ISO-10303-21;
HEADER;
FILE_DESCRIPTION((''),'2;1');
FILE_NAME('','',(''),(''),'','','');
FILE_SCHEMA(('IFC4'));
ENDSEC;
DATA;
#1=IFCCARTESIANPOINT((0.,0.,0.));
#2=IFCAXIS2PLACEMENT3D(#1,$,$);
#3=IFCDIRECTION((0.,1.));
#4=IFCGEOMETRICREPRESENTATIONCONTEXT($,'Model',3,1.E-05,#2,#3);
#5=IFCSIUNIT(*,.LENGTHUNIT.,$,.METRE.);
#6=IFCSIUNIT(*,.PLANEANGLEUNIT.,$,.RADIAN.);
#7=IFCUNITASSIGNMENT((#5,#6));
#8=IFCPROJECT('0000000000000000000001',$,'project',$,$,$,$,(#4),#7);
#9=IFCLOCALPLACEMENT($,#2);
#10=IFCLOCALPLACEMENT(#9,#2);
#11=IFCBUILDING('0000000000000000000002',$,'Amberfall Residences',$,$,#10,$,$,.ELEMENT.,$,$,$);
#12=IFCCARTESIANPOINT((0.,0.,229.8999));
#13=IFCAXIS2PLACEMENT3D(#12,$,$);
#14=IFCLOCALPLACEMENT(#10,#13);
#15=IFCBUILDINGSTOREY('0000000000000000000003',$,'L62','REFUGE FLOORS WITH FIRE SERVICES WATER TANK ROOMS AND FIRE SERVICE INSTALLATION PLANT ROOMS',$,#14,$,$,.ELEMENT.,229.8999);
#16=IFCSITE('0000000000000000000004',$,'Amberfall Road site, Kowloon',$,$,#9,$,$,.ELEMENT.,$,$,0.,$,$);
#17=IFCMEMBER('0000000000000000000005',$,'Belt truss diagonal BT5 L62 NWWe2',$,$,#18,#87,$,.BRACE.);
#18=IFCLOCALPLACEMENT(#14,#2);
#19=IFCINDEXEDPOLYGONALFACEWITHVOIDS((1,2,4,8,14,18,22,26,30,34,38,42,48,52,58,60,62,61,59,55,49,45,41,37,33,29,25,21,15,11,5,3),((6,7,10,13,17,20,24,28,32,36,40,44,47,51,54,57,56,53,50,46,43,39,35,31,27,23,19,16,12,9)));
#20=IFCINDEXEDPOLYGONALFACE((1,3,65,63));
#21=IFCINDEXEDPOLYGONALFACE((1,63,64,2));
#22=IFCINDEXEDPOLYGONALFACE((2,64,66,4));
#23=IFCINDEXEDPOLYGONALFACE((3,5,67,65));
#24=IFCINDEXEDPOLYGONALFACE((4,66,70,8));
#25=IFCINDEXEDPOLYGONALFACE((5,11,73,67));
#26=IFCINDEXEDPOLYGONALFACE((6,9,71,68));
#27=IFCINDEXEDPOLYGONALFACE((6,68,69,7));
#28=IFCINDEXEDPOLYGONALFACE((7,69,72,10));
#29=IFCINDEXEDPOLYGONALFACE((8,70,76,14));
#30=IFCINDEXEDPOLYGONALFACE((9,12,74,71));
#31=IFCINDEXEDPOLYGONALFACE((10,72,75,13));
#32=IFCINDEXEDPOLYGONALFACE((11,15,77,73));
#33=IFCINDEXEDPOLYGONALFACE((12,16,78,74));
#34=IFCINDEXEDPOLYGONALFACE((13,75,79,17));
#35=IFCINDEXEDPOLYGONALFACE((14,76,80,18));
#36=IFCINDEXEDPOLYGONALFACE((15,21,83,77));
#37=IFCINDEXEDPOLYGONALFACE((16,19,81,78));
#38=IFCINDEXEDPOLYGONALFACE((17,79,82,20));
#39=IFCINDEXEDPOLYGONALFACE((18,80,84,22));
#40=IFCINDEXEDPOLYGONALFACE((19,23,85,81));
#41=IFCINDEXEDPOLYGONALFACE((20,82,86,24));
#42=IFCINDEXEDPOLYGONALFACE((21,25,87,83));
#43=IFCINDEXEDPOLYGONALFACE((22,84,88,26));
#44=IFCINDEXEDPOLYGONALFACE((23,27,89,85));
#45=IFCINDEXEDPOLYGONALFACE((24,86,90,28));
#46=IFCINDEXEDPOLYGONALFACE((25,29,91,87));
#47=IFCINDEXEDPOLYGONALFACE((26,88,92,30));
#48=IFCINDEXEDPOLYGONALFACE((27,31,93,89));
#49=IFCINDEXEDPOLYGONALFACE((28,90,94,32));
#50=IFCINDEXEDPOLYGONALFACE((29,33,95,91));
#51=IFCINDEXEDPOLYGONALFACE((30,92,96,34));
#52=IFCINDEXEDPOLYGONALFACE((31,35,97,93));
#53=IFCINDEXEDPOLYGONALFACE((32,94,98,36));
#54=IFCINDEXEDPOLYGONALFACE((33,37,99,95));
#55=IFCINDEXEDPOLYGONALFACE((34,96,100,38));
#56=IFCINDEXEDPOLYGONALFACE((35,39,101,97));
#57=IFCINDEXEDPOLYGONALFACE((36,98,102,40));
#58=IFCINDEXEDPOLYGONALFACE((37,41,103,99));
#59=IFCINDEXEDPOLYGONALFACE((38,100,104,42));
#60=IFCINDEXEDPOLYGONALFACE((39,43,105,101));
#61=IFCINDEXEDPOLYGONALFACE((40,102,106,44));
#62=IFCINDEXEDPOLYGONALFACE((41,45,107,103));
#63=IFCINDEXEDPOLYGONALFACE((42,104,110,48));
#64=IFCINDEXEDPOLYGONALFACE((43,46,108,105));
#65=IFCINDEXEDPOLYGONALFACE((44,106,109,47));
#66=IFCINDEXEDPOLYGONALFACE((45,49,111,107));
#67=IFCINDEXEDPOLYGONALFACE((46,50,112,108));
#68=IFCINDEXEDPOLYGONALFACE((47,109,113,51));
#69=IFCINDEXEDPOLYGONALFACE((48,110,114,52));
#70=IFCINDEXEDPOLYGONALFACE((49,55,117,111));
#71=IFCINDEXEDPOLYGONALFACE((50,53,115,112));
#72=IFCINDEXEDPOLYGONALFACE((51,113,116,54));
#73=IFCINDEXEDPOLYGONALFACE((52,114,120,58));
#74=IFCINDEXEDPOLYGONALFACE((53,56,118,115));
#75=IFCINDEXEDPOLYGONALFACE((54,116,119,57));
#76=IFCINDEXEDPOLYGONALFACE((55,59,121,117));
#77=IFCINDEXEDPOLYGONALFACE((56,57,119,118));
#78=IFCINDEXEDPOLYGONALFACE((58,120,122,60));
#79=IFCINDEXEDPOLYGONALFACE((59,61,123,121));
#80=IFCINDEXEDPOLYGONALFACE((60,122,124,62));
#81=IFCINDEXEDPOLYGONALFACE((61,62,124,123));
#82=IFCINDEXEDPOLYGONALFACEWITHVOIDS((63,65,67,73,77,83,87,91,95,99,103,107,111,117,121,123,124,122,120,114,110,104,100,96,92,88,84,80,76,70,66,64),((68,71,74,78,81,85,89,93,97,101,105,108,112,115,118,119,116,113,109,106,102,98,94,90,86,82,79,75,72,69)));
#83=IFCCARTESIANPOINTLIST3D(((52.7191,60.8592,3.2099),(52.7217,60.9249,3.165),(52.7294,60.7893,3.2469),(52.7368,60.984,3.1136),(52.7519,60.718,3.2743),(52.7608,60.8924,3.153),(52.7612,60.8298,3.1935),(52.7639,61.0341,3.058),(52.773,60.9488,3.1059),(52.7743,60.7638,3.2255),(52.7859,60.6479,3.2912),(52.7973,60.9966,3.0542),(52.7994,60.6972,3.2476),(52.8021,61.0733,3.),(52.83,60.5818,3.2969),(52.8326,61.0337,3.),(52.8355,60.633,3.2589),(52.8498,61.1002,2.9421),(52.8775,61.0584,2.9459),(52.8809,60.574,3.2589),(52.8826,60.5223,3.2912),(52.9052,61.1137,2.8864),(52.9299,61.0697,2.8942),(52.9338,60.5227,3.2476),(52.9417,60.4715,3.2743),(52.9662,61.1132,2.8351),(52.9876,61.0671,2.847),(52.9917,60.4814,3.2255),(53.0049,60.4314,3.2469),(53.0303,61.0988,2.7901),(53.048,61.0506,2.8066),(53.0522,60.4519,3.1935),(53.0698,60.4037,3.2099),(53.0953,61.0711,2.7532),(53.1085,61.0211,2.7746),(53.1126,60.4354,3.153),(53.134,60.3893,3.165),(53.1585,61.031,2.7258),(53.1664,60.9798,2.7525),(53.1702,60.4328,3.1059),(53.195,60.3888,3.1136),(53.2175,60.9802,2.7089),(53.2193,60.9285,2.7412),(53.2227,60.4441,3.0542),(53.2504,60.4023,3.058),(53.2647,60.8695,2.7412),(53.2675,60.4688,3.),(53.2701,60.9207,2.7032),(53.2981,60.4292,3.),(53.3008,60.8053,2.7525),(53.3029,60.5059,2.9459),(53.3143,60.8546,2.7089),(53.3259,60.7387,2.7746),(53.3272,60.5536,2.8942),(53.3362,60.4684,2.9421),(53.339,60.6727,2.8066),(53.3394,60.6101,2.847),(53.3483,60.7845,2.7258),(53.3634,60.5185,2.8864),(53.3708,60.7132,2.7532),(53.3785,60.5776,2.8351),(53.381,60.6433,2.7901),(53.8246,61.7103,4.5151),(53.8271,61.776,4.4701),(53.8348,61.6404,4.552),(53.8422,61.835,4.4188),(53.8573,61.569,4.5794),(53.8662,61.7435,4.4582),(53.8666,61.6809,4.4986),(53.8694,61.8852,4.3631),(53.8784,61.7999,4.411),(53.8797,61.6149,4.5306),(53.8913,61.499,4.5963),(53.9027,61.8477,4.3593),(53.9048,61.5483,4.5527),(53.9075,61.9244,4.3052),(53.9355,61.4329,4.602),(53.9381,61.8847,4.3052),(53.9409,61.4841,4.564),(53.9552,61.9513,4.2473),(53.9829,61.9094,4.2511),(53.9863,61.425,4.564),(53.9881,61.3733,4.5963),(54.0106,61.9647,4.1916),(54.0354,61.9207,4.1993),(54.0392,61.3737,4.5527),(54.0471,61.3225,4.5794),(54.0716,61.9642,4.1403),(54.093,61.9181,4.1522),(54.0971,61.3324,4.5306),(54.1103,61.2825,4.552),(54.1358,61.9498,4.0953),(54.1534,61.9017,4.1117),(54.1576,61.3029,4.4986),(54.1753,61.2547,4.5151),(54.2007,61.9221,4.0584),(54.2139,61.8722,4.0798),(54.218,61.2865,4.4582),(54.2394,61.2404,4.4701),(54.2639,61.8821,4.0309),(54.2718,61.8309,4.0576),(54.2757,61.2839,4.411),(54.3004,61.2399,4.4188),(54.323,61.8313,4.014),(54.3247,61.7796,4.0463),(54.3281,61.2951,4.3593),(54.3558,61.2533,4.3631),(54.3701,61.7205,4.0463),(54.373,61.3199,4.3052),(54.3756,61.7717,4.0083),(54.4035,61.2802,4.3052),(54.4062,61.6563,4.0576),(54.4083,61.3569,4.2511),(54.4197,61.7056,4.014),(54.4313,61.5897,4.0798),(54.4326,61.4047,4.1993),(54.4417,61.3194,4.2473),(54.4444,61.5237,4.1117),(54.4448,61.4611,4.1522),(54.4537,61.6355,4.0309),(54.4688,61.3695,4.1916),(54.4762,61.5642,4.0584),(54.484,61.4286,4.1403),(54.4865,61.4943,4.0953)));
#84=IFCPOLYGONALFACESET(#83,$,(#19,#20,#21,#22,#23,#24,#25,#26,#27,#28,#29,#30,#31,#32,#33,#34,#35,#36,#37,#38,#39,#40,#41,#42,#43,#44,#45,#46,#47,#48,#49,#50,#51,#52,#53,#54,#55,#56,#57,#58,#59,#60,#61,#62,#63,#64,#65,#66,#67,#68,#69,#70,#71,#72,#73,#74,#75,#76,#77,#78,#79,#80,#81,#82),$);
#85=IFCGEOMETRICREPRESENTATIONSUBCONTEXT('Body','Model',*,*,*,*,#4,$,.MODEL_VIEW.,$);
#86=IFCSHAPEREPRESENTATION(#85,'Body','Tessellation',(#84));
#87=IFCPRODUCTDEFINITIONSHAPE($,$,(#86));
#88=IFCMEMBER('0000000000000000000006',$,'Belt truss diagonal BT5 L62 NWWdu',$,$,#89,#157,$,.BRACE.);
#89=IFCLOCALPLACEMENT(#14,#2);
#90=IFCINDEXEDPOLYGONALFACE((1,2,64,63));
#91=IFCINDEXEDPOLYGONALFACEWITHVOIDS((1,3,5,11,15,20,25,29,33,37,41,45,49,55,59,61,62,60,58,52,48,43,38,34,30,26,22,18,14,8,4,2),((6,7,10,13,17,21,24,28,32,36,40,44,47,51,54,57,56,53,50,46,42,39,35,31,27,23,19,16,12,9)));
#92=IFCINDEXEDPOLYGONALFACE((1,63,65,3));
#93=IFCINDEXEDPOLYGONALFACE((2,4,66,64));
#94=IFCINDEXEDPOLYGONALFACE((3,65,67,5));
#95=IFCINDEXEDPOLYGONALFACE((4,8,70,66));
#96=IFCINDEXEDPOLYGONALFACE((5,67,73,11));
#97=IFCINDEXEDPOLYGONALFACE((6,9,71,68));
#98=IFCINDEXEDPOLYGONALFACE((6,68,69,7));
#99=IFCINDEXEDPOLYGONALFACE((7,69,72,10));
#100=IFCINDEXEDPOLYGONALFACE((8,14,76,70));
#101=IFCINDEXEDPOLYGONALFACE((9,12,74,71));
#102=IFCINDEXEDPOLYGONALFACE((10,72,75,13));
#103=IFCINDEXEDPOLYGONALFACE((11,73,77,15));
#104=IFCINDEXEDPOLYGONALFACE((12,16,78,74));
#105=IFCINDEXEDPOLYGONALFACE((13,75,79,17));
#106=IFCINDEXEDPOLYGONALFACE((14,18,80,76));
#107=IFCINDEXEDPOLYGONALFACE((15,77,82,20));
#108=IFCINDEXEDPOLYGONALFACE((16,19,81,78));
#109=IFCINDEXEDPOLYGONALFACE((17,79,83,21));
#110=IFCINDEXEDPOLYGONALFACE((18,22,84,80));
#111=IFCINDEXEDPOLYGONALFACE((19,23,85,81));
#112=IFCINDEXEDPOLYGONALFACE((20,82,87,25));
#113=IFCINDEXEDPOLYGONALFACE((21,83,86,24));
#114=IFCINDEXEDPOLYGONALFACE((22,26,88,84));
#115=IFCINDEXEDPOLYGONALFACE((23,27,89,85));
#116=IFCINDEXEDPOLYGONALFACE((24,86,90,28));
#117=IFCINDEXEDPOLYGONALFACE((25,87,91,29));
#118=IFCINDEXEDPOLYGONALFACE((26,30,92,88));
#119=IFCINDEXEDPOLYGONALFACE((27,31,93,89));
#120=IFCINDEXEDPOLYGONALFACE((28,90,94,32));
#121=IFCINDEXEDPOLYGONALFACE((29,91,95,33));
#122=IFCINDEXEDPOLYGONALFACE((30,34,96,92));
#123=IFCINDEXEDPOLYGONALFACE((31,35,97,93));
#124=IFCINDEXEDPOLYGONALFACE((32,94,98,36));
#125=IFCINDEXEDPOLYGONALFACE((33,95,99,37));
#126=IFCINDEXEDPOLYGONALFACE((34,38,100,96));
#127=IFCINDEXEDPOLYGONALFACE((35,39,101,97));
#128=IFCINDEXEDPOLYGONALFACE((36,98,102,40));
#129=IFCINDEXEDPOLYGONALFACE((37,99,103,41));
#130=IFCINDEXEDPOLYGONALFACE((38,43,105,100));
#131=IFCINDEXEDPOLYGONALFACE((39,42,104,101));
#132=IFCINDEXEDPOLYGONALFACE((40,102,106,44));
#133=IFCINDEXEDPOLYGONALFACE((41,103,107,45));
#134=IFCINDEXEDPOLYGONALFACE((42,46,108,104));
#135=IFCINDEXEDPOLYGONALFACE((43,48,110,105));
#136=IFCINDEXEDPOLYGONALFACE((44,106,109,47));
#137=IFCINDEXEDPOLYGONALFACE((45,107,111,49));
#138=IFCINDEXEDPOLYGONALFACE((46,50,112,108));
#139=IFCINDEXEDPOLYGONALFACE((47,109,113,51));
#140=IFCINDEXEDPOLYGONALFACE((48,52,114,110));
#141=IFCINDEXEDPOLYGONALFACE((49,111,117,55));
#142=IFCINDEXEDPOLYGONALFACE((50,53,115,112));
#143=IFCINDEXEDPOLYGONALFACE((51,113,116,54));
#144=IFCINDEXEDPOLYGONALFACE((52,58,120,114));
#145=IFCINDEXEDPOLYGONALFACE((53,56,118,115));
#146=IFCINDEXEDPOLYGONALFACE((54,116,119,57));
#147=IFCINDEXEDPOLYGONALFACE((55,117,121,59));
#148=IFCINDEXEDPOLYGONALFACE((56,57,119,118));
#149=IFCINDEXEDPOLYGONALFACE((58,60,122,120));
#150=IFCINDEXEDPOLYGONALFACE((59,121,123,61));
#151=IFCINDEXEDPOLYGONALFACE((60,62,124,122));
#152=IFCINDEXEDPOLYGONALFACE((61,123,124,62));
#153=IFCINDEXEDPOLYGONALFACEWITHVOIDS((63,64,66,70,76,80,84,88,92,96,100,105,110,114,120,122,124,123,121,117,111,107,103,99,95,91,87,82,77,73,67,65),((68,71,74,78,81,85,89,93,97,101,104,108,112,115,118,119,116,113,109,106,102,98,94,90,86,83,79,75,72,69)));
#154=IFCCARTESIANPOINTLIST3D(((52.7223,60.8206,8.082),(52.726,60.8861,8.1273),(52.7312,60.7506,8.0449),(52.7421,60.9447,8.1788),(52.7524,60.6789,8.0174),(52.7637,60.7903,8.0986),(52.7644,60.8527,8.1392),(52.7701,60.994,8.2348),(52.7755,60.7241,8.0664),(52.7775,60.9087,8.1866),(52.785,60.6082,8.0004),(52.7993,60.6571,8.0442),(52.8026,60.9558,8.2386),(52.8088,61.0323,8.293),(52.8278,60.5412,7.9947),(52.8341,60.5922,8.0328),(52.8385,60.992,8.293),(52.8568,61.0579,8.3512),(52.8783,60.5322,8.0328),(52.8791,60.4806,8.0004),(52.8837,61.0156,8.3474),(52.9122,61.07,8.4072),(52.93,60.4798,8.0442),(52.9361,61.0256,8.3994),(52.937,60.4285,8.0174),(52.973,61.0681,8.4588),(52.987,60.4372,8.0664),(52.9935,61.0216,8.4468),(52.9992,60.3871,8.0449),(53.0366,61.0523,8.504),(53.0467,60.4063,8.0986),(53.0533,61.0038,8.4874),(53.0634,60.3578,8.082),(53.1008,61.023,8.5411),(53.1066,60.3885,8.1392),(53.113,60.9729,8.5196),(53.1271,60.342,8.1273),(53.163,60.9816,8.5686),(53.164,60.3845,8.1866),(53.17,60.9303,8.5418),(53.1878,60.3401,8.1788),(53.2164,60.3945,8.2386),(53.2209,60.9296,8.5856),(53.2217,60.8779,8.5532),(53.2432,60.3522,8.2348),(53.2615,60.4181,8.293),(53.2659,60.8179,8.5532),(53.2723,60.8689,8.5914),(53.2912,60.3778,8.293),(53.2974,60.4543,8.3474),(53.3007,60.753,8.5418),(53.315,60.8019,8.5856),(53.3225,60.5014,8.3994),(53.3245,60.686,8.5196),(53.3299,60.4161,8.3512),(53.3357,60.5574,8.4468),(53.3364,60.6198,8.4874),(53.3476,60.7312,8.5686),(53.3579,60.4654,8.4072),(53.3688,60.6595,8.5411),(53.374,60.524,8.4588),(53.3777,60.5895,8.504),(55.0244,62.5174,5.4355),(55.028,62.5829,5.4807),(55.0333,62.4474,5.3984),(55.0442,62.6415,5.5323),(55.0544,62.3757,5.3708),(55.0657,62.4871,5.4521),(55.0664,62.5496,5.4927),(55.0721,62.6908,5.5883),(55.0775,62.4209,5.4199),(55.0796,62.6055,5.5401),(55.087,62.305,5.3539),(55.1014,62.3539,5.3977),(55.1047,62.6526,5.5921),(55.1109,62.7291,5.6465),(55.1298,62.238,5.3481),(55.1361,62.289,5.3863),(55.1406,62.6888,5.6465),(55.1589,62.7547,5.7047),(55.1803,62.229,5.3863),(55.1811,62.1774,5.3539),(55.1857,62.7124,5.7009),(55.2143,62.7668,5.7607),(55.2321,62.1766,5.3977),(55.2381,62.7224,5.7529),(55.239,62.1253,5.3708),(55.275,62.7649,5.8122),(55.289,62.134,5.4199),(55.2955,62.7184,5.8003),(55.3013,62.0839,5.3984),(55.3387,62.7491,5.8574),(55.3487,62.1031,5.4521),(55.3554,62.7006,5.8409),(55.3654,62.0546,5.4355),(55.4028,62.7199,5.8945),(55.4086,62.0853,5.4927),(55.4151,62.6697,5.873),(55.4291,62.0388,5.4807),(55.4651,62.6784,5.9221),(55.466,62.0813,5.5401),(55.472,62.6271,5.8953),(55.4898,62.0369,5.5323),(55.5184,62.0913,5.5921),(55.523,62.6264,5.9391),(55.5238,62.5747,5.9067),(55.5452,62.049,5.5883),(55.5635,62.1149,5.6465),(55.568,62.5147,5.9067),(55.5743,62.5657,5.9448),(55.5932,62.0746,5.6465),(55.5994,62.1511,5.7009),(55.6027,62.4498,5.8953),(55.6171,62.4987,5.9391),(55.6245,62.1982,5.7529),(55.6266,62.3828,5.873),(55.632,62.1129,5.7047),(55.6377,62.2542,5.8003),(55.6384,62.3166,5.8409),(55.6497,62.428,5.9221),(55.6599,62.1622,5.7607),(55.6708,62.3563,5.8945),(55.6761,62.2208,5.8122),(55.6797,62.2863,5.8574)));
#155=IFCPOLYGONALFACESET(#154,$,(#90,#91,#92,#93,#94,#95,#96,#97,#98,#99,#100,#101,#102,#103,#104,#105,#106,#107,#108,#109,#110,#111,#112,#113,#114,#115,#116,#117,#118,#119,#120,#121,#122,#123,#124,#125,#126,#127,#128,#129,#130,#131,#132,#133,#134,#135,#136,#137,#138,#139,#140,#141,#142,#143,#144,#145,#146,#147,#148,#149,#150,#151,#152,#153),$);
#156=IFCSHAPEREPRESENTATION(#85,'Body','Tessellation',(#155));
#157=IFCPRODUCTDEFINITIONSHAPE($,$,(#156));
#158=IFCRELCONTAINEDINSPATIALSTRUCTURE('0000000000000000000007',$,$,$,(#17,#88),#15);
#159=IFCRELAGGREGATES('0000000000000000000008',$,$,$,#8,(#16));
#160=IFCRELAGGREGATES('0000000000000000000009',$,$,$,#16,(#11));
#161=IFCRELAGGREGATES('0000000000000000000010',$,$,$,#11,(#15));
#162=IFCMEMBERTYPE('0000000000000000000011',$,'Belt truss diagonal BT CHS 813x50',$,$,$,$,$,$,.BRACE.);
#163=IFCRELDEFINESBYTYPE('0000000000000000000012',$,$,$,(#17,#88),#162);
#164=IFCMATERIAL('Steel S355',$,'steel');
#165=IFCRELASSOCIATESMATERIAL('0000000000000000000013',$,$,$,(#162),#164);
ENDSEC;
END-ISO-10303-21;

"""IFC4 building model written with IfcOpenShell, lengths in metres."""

from ifc_helpers import new_model, si_unit, direction, frame, origin, origin_2d, place, context, subcontext, project, spatial, hollow_circle, extrude, material, material_profile, profile_set, type_object, element, save


model = new_model("IFC4")

# Units and contexts
model_context = context("Model", 3, precision=1e-05, world=origin(), true_north=direction((0.0, 1.0)))
body_context = subcontext(model_context, "Body", "Model", "MODEL_VIEW")
ifc_project = project(units=[si_unit("LENGTHUNIT", "METRE"), si_unit("PLANEANGLEUNIT", "RADIAN")], contexts=[model_context])

# Site, building, storey
site_placement = place(None, origin())
site = spatial("IfcSite", under=ifc_project, at=site_placement, Name="Amberfall Road site, Kowloon", CompositionType="ELEMENT", RefElevation=0.0)
building_placement = place(site_placement, origin())
building = spatial("IfcBuilding", under=site, at=building_placement, Name="Amberfall Residences", CompositionType="ELEMENT")
storey_placement = place(building_placement, frame((0.0, 0.0, 229.8999)))
storey = spatial("IfcBuildingStorey", under=building, at=storey_placement, Name="L62", Description="REFUGE FLOORS WITH FIRE SERVICES WATER TANK ROOMS AND FIRE SERVICE INSTALLATION PLANT ROOMS", CompositionType="ELEMENT", Elevation=229.8999)

# Shared definitions
ifc_material_1 = material(Name="Steel S355", Category="steel")

# Members
ifc_material_profile_1 = material_profile(ifc_material_1, hollow_circle(Radius=0.4065, WallThickness=0.05, at=origin_2d()), Name="CHS 813x50")
ifc_profile_set_1 = profile_set([ifc_material_profile_1], Name="Steel S355")
member_type = type_object("IfcMemberType", Name="Belt truss diagonal BT CHS 813x50", PredefinedType="BRACE", material=ifc_profile_set_1)
member_1_placement = place(storey_placement, frame((54.1555, 61.6023, 4.3052), z_axis=(-0.578639, -0.44548, -0.683172), x_axis=(0.610032, -0.792377, 0.0)))
element("IfcMember", 1, at=member_1_placement, inside=storey, type_object=member_type, Name="Belt truss diagonal BT5 L62 NWWe2", PredefinedType="BRACE", context=body_context, shape_type="SweptSolid", body=[
    extrude(hollow_circle(Radius=0.4065, WallThickness=0.05, at=origin_2d()), origin(), (0.0, 0.0, 1.0), 1.9104),
])
member_2_placement = place(storey_placement, frame((55.3521, 62.4019, 5.6465), z_axis=(-0.590798, -0.43547, 0.679208), x_axis=(0.593327, -0.804961, 0.0)))
element("IfcMember", 2, at=member_2_placement, inside=storey, type_object=member_type, Name="Belt truss diagonal BT5 L62 NWWdu", PredefinedType="BRACE", context=body_context, shape_type="SweptSolid", body=[
    extrude(hollow_circle(Radius=0.4065, WallThickness=0.05, at=origin_2d()), origin(), (0.0, 0.0, 1.0), 3.8965),
])

save(model, "model.ifc")
